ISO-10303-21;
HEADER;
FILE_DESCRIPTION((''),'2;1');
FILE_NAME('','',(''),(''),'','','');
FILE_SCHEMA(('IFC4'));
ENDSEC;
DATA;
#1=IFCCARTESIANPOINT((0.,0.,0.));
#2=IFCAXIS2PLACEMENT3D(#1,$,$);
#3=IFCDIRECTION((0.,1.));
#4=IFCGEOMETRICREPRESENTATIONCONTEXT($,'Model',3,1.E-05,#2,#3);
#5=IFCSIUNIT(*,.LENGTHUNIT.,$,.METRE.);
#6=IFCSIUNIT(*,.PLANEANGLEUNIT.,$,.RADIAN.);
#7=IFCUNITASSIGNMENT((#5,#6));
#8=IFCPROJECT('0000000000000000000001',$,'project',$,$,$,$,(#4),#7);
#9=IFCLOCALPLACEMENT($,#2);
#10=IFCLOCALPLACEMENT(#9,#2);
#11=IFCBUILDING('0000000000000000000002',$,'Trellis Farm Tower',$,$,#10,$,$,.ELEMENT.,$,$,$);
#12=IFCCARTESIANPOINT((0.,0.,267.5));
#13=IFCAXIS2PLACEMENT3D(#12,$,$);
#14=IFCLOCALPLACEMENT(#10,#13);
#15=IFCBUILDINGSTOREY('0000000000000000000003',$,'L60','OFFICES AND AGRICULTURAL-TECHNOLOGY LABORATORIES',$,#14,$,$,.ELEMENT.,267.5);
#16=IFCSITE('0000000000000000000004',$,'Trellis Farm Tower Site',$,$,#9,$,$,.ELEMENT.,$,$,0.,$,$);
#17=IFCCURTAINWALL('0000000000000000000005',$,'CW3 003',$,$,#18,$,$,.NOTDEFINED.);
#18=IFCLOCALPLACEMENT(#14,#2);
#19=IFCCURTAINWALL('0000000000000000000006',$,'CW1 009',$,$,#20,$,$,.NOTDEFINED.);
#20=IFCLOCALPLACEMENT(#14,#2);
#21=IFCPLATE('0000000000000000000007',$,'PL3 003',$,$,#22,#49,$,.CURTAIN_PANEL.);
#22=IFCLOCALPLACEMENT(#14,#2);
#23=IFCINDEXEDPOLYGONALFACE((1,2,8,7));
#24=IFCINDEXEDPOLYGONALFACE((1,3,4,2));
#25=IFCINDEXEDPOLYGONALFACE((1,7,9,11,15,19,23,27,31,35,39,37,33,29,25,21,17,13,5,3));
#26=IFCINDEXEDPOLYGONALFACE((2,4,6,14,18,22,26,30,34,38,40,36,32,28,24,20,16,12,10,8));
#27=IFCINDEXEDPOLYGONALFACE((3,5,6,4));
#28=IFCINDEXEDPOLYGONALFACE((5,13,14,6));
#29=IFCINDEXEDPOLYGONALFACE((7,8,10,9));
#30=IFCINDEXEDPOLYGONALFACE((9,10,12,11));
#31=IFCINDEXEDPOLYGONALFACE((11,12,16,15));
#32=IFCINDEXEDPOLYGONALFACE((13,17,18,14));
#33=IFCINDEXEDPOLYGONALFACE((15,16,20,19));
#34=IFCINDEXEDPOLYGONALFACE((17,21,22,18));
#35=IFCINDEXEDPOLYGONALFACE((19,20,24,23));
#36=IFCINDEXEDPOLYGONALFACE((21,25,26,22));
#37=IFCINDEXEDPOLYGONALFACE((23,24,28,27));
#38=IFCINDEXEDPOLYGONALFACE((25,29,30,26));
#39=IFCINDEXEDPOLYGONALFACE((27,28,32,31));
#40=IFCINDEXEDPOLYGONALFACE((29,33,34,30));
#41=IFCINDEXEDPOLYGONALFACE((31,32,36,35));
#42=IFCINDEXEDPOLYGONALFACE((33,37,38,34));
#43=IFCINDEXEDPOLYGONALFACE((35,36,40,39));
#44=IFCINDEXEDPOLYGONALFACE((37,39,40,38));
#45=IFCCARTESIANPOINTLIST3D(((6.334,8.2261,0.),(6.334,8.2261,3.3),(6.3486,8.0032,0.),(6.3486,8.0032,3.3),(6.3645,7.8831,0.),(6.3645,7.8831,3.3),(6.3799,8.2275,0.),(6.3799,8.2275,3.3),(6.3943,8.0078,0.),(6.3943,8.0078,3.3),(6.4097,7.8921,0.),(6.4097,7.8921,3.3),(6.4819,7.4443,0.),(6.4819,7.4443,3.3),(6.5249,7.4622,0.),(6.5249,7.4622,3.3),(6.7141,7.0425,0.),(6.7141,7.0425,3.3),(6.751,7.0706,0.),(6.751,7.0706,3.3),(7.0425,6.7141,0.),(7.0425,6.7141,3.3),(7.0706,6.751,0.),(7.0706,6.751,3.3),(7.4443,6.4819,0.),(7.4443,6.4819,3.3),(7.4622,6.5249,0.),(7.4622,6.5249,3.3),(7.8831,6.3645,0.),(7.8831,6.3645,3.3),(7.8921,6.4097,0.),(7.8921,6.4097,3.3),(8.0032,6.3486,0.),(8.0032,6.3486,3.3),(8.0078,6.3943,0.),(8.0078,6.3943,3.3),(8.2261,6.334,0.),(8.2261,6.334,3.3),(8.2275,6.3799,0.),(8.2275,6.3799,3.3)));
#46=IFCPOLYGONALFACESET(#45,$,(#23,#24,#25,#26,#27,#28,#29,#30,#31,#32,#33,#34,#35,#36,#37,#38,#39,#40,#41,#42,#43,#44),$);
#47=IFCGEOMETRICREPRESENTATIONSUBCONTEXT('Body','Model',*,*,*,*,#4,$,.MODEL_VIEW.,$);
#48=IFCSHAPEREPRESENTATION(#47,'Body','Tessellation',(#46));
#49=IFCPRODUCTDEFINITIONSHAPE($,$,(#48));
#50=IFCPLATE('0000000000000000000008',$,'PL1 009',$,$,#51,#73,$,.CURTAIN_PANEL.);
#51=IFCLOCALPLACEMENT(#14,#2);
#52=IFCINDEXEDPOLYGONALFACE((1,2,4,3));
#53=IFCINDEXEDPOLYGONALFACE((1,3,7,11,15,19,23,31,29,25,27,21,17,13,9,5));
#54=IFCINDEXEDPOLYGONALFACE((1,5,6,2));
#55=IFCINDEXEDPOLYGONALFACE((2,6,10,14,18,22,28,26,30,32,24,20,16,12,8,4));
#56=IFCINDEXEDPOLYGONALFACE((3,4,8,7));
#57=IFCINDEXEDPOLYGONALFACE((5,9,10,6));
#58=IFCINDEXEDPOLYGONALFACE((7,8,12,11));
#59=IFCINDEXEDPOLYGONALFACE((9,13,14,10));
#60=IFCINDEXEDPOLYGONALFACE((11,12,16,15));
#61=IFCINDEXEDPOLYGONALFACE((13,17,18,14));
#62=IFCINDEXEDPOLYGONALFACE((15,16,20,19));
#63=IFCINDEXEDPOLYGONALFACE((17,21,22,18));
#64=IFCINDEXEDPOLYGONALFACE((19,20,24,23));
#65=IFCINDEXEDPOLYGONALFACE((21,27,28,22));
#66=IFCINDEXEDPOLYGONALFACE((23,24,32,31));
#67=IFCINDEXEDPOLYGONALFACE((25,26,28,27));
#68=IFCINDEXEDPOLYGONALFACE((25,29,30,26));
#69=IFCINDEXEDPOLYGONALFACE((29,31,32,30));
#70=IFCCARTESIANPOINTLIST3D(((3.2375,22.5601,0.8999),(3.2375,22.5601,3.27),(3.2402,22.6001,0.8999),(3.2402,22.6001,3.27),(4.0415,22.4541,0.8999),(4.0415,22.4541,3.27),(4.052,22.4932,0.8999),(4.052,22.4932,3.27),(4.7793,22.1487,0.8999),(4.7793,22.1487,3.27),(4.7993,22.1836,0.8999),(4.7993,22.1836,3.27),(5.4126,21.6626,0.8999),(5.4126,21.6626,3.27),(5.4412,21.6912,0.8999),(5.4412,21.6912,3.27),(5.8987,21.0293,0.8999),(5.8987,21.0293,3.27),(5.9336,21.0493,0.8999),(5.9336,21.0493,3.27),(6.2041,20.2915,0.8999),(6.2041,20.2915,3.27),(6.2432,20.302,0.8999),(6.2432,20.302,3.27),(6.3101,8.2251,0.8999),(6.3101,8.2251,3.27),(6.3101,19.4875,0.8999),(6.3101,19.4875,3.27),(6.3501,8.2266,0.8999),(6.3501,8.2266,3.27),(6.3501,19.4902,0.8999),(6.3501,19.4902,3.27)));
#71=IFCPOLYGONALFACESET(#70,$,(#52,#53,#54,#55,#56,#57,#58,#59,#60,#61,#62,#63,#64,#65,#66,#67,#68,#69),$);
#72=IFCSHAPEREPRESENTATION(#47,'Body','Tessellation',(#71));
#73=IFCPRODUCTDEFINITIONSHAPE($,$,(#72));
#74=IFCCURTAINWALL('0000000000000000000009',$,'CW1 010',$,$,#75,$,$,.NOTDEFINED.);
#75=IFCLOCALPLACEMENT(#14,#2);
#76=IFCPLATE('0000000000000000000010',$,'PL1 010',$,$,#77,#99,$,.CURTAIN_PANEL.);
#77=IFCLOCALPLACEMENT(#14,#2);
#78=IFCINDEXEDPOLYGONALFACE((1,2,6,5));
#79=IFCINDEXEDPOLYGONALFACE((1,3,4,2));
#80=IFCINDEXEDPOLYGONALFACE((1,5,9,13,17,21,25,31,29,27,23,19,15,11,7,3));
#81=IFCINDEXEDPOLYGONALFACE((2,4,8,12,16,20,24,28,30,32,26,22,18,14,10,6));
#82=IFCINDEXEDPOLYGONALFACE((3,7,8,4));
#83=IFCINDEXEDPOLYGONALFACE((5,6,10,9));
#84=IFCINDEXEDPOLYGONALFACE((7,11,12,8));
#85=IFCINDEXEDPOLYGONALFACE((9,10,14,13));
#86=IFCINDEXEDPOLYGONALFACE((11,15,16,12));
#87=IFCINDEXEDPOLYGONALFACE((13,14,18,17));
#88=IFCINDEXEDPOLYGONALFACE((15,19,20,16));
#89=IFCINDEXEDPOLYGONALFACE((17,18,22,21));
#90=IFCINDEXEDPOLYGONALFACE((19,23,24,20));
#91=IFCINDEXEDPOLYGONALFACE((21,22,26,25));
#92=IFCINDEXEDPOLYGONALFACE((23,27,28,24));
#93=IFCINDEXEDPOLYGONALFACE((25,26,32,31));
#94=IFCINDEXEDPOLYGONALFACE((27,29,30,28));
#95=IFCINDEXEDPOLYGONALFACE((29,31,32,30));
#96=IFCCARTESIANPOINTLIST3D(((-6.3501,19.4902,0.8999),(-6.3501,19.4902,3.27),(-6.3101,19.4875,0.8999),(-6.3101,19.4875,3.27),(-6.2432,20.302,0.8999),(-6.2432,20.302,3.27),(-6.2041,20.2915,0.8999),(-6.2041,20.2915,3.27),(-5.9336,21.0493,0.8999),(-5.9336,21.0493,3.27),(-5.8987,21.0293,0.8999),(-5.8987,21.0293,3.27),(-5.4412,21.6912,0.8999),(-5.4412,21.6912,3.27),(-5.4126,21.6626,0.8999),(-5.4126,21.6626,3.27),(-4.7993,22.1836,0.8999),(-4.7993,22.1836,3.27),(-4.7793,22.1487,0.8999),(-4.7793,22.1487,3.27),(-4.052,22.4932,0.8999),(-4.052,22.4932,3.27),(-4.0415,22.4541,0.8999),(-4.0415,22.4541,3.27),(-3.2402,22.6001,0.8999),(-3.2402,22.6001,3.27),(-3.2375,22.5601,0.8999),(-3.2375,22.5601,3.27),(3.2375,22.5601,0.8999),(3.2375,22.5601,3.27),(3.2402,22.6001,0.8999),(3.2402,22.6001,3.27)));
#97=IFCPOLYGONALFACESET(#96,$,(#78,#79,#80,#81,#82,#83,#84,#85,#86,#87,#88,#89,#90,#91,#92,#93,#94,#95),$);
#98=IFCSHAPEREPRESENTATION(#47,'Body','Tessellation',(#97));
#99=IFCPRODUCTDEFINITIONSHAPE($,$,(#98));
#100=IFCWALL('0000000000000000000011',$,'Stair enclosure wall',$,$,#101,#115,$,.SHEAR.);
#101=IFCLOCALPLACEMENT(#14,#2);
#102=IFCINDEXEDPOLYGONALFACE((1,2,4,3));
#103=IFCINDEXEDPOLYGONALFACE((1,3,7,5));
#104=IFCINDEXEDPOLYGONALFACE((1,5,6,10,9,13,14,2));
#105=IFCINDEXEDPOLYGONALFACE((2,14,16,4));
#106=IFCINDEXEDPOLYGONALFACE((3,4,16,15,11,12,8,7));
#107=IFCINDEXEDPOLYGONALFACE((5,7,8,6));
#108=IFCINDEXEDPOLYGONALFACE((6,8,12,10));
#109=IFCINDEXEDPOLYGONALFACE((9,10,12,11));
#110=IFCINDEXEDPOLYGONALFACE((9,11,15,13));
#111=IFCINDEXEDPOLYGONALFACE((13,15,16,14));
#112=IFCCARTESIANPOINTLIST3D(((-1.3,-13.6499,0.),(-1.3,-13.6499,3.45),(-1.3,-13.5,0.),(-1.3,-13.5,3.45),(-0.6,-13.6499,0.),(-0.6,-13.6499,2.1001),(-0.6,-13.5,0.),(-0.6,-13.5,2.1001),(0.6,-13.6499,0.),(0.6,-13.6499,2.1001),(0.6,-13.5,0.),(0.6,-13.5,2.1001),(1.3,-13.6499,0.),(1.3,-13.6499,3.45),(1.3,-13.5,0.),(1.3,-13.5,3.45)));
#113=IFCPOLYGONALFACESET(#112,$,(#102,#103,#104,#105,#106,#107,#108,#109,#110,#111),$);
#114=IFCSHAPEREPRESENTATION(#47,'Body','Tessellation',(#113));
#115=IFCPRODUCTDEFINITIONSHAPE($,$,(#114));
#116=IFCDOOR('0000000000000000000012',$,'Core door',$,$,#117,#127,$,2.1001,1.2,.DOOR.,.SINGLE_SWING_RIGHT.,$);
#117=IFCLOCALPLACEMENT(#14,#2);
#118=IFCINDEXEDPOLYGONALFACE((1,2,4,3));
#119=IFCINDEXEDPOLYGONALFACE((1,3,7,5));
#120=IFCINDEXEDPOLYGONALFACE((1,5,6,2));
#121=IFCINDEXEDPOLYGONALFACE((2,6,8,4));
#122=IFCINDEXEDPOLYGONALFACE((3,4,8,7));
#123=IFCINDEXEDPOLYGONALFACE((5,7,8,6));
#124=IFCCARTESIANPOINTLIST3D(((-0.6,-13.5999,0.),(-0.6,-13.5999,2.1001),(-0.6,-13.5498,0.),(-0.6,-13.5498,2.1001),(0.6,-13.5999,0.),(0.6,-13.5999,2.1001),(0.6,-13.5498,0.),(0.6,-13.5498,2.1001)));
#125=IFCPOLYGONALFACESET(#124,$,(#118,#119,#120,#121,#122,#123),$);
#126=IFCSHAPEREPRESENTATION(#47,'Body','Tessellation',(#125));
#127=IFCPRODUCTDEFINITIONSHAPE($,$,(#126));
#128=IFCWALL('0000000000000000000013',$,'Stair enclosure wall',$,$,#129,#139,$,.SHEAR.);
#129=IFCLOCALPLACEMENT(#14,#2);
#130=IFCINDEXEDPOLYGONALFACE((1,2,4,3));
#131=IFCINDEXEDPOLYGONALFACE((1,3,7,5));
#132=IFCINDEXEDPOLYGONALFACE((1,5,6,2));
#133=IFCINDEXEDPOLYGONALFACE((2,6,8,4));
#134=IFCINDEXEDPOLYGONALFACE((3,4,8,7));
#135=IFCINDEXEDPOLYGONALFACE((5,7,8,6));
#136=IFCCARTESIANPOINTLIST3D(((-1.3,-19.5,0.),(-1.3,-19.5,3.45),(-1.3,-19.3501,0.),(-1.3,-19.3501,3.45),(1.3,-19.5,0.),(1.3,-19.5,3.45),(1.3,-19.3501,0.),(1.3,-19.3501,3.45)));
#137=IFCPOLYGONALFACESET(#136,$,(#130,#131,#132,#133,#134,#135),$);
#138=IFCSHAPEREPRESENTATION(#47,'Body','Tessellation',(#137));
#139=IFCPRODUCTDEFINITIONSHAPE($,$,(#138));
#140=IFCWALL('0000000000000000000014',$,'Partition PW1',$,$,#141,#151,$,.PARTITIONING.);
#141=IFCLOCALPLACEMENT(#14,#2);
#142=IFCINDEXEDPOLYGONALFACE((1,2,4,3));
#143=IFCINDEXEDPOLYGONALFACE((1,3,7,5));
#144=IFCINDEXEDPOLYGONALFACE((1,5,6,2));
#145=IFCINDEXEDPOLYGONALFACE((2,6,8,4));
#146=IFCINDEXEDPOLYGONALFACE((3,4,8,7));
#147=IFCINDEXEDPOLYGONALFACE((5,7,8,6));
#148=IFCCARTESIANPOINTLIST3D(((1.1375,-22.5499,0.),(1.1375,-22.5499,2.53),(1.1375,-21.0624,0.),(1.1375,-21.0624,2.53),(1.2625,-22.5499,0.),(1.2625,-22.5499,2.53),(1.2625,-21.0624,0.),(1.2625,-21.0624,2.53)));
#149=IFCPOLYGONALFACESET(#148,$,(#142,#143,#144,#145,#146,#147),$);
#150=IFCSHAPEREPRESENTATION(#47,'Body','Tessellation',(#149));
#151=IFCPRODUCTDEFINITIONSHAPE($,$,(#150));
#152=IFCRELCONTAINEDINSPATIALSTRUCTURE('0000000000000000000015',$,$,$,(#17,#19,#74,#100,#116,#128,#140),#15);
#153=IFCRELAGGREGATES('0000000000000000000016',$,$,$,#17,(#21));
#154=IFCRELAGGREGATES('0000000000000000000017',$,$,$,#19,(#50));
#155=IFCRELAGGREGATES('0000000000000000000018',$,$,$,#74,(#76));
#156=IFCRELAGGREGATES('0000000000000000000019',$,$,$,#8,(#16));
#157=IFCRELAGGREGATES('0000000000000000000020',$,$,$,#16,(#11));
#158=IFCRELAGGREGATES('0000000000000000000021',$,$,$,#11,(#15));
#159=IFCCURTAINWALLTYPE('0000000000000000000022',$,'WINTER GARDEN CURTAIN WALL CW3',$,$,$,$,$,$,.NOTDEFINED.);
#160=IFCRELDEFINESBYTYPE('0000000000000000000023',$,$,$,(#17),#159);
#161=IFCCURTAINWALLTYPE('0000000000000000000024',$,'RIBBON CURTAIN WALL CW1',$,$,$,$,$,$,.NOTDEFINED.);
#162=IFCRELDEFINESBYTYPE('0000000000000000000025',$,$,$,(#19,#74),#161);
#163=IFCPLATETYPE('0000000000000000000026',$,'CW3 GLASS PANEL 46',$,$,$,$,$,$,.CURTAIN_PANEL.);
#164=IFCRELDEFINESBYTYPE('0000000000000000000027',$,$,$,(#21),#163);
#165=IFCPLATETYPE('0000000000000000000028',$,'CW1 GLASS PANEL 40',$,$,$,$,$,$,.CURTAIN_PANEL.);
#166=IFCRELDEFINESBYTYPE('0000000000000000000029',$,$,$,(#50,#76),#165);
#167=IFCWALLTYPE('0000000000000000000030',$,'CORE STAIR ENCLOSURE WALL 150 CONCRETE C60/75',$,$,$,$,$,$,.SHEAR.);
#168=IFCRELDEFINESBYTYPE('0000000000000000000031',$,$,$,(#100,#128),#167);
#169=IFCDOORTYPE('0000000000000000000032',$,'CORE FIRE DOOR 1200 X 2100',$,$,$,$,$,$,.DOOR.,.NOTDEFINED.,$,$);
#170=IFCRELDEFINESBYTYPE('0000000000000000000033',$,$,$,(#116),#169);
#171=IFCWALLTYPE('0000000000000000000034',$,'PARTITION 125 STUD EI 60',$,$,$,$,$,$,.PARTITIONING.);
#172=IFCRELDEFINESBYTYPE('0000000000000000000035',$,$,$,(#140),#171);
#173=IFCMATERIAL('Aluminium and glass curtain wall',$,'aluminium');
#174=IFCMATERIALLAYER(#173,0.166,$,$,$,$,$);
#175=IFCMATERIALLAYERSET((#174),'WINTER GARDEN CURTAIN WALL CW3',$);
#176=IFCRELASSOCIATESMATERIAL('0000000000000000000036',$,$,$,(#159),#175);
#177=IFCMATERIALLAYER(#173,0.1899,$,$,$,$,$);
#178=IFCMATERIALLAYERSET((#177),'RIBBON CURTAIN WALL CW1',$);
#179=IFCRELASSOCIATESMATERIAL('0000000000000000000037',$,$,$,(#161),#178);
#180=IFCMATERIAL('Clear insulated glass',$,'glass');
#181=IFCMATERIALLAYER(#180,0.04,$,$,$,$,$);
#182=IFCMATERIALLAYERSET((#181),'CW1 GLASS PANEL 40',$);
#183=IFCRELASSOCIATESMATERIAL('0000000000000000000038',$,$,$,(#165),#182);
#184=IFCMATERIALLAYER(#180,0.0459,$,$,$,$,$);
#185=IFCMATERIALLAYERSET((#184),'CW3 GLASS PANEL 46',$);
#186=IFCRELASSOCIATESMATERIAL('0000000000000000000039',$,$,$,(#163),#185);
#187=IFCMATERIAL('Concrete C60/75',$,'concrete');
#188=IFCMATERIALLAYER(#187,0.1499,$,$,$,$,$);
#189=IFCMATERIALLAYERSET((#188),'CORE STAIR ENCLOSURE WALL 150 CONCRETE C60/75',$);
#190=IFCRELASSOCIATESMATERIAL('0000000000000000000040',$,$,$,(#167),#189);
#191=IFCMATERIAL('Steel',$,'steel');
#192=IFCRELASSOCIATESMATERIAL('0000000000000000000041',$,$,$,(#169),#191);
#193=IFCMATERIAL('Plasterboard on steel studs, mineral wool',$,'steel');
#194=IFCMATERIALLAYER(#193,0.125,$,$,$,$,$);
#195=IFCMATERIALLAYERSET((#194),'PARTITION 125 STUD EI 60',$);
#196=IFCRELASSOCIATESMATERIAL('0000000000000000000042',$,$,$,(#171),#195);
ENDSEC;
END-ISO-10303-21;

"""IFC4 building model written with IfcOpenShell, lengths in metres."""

from ifc_helpers import new_model, si_unit, direction, frame, frame_2d, origin, place, context, subcontext, project, spatial, polyline, rectangle, outline, extrude, source, transform, mapped, material, layer, layer_set, type_object, element, fill, aggregate, save


model = new_model("IFC4")

# Units and contexts
model_context = context("Model", 3, precision=1e-05, world=origin(), true_north=direction((0.0, 1.0)))
body_context = subcontext(model_context, "Body", "Model", "MODEL_VIEW")
ifc_project = project(units=[si_unit("LENGTHUNIT", "METRE"), si_unit("PLANEANGLEUNIT", "RADIAN")], contexts=[model_context])

# Site, building, storey
site_placement = place(None, origin())
site = spatial("IfcSite", under=ifc_project, at=site_placement, Name="Trellis Farm Tower Site", CompositionType="ELEMENT", RefElevation=0.0)
building_placement = place(site_placement, origin())
building = spatial("IfcBuilding", under=site, at=building_placement, Name="Trellis Farm Tower", CompositionType="ELEMENT")
storey_placement = place(building_placement, frame((0.0, 0.0, 267.5)))
storey = spatial("IfcBuildingStorey", under=building, at=storey_placement, Name="L60", Description="OFFICES AND AGRICULTURAL-TECHNOLOGY LABORATORIES", CompositionType="ELEMENT", Elevation=267.5)

# Curtain walls
ifc_material_1 = material(Name="Aluminium and glass curtain wall", Category="aluminium")
ifc_layer_1 = layer(ifc_material_1, 0.166)
ifc_layer_set_1 = layer_set([ifc_layer_1], Name="WINTER GARDEN CURTAIN WALL CW3")
curtain_wall_type_1 = type_object("IfcCurtainWallType", Name="WINTER GARDEN CURTAIN WALL CW3", PredefinedType="NOTDEFINED", material=ifc_layer_set_1)
placement_1 = place(storey_placement, origin())
curtain_wall_1 = element("IfcCurtainWall", 1, at=placement_1, inside=storey, type_object=curtain_wall_type_1, Name="CW3 003", PredefinedType="NOTDEFINED")
ifc_layer_2 = layer(ifc_material_1, 0.1899)
ifc_layer_set_2 = layer_set([ifc_layer_2], Name="RIBBON CURTAIN WALL CW1")
curtain_wall_type_2 = type_object("IfcCurtainWallType", Name="RIBBON CURTAIN WALL CW1", PredefinedType="NOTDEFINED", material=ifc_layer_set_2)
curtain_wall_2 = element("IfcCurtainWall", 2, at=placement_1, inside=storey, type_object=curtain_wall_type_2, Name="CW1 009", PredefinedType="NOTDEFINED")

# Plates
ifc_material_2 = material(Name="Clear insulated glass", Category="glass")
ifc_layer_3 = layer(ifc_material_2, 0.04)
ifc_layer_set_3 = layer_set([ifc_layer_3], Name="CW1 GLASS PANEL 40")
plate_type_1 = type_object("IfcPlateType", Name="CW1 GLASS PANEL 40", PredefinedType="CURTAIN_PANEL", material=ifc_layer_set_3)
placement_2 = place(storey_placement, frame((0.0, 0.0, 0.8999)))
ifc_layer_4 = layer(ifc_material_2, 0.0459)
ifc_layer_set_4 = layer_set([ifc_layer_4], Name="CW3 GLASS PANEL 46")
plate_type_2 = type_object("IfcPlateType", Name="CW3 GLASS PANEL 46", PredefinedType="CURTAIN_PANEL", material=ifc_layer_set_4)
shared_shape_1 = source(origin(), body_context, "Body", "SweptSolid", [
    extrude(outline(polyline([(8.2275, 6.3799), (8.0078, 6.3943), (7.8921, 6.4097), (7.4622, 6.5249), (7.0706, 6.751), (6.751, 7.0706), (6.5249, 7.4622), (6.4097, 7.8921), (6.3943, 8.0078), (6.3799, 8.2275), (6.334, 8.2261), (6.3486, 8.0032), (6.3645, 7.8831), (6.4819, 7.4443), (6.7141, 7.0425), (7.0425, 6.7141), (7.4443, 6.4819), (7.8831, 6.3645), (8.0032, 6.3486), (8.2261, 6.334), (8.2275, 6.3799)])), origin(), (0.0, 0.0, 1.0), 3.3),
])
plate_1 = element("IfcPlate", 3, at=placement_1, type_object=plate_type_2, Name="PL3 003", PredefinedType="CURTAIN_PANEL", context=body_context, shape_type="MappedRepresentation", body=[
    mapped(shared_shape_1, transform((0.0, 0.0, 0.0))),
])
aggregate(curtain_wall_1, [plate_1])
shared_shape_2 = source(origin(), body_context, "Body", "SweptSolid", [
    extrude(outline(polyline([(6.3501, 8.2266), (6.3501, 19.4902), (6.2432, 20.302), (5.9336, 21.0493), (5.4412, 21.6912), (4.7993, 22.1836), (4.052, 22.4932), (3.2402, 22.6001), (3.2375, 22.5601), (4.0415, 22.4541), (4.7793, 22.1487), (5.4126, 21.6626), (5.8987, 21.0293), (6.2041, 20.2915), (6.3101, 19.4875), (6.3101, 8.2251), (6.3501, 8.2266)])), origin(), (0.0, 0.0, 1.0), 2.3701),
])
plate_2 = element("IfcPlate", 4, at=placement_2, type_object=plate_type_1, Name="PL1 009", PredefinedType="CURTAIN_PANEL", context=body_context, shape_type="MappedRepresentation", body=[
    mapped(shared_shape_2, transform((0.0, 0.0, 0.0))),
])
aggregate(curtain_wall_2, [plate_2])

# Curtain wall, plate
curtain_wall_3 = element("IfcCurtainWall", 5, at=placement_1, inside=storey, type_object=curtain_wall_type_2, Name="CW1 010", PredefinedType="NOTDEFINED")
shared_shape_3 = source(origin(), body_context, "Body", "SweptSolid", [
    extrude(outline(polyline([(3.2402, 22.6001), (-3.2402, 22.6001), (-4.052, 22.4932), (-4.7993, 22.1836), (-5.4412, 21.6912), (-5.9336, 21.0493), (-6.2432, 20.302), (-6.3501, 19.4902), (-6.3101, 19.4875), (-6.2041, 20.2915), (-5.8987, 21.0293), (-5.4126, 21.6626), (-4.7793, 22.1487), (-4.0415, 22.4541), (-3.2375, 22.5601), (3.2375, 22.5601), (3.2402, 22.6001)])), origin(), (0.0, 0.0, 1.0), 2.3701),
])
plate_3 = element("IfcPlate", 6, at=placement_2, type_object=plate_type_1, Name="PL1 010", PredefinedType="CURTAIN_PANEL", context=body_context, shape_type="MappedRepresentation", body=[
    mapped(shared_shape_3, transform((0.0, 0.0, 0.0))),
])
aggregate(curtain_wall_3, [plate_3])

# Wall, opening, door
ifc_material_3 = material(Name="Concrete C60/75", Category="concrete")
ifc_layer_5 = layer(ifc_material_3, 0.1499)
ifc_layer_set_5 = layer_set([ifc_layer_5], Name="CORE STAIR ENCLOSURE WALL 150 CONCRETE C60/75")
wall_type_1 = type_object("IfcWallType", Name="CORE STAIR ENCLOSURE WALL 150 CONCRETE C60/75", PredefinedType="SHEAR", material=ifc_layer_set_5)
shared_shape_4 = source(origin(), body_context, "Body", "SweptSolid", [
    extrude(rectangle(XDim=2.6001, YDim=0.1499, at=frame_2d((1.3, 0.0))), origin(), (0.0, 0.0, 1.0), 3.45),
])
wall_1_placement = place(storey_placement, frame((1.3, -13.575, 0.0), z_axis=(0.0, 0.0, 1.0), x_axis=(-1.0, 0.0, 0.0)))
wall_1 = element("IfcWall", 7, at=wall_1_placement, inside=storey, type_object=wall_type_1, Name="Stair enclosure wall", PredefinedType="SHEAR", context=body_context, shape_type="MappedRepresentation", body=[
    mapped(shared_shape_4, transform((0.0, 0.0, 0.0))),
])
shared_shape_5 = source(origin(), body_context, "Body", "SweptSolid", [
    extrude(rectangle(XDim=1.2, YDim=2.1001, at=frame_2d((0.6001, 1.05))), frame((0.0, 0.085, 0.0), z_axis=(0.0, -1.0, 0.0), x_axis=(1.0, 0.0, 0.0)), (0.0, 0.0, 1.0), 0.1699),
])
opening_1_placement = place(wall_1_placement, frame((0.7, 0.0, 0.0)))
opening_1 = element("IfcOpeningElement", 8, at=opening_1_placement, cuts=wall_1, PredefinedType="OPENING", context=body_context, shape_type="MappedRepresentation", body=[
    mapped(shared_shape_5, transform((0.0, 0.0, 0.0))),
])
ifc_material_4 = material(Name="Steel", Category="steel")
door_type_1 = type_object("IfcDoorType", Name="CORE FIRE DOOR 1200 X 2100", OperationType="NOTDEFINED", PredefinedType="DOOR", material=ifc_material_4)
shared_shape_6 = source(origin(), body_context, "Body", "SweptSolid", [
    extrude(rectangle(XDim=1.2, YDim=2.1001, at=frame_2d((0.6001, 1.05))), frame((0.0, 0.0249, 0.0), z_axis=(0.0, -1.0, 0.0), x_axis=(1.0, 0.0, 0.0)), (0.0, 0.0, 1.0), 0.05),
])
door_1_placement = place(opening_1_placement, origin())
door_1 = element("IfcDoor", 9, at=door_1_placement, inside=storey, type_object=door_type_1, Name="Core door", OperationType="SINGLE_SWING_RIGHT", OverallHeight=2.1001, OverallWidth=1.2, PredefinedType="DOOR", context=body_context, shape_type="MappedRepresentation", body=[
    mapped(shared_shape_6, transform((0.0, 0.0, 0.0))),
])
fill(opening_1, door_1)

# Walls
wall_2_placement = place(storey_placement, frame((1.3, -19.425, 0.0), z_axis=(0.0, 0.0, 1.0), x_axis=(-1.0, 0.0, 0.0)))
element("IfcWall", 10, at=wall_2_placement, inside=storey, type_object=wall_type_1, Name="Stair enclosure wall", PredefinedType="SHEAR", context=body_context, shape_type="MappedRepresentation", body=[
    mapped(shared_shape_4, transform((0.0, 0.0, 0.0))),
])
ifc_material_5 = material(Name="Plasterboard on steel studs, mineral wool", Category="steel")
ifc_layer_6 = layer(ifc_material_5, 0.125)
ifc_layer_set_6 = layer_set([ifc_layer_6], Name="PARTITION 125 STUD EI 60")
wall_type_2 = type_object("IfcWallType", Name="PARTITION 125 STUD EI 60", PredefinedType="PARTITIONING", material=ifc_layer_set_6)
shared_shape_7 = source(origin(), body_context, "Body", "SweptSolid", [
    extrude(rectangle(XDim=1.4875, YDim=0.125, at=frame_2d((0.7437, 0.0))), origin(), (0.0, 0.0, 1.0), 2.53),
])
wall_3_placement = place(storey_placement, frame((1.2, -21.0625, 0.0), z_axis=(0.0, 0.0, 1.0), x_axis=(0.0, -1.0, 0.0)))
element("IfcWall", 11, at=wall_3_placement, inside=storey, type_object=wall_type_2, Name="Partition PW1", PredefinedType="PARTITIONING", context=body_context, shape_type="MappedRepresentation", body=[
    mapped(shared_shape_7, transform((0.0, 0.0, 0.0))),
])

save(model, "model.ifc")
